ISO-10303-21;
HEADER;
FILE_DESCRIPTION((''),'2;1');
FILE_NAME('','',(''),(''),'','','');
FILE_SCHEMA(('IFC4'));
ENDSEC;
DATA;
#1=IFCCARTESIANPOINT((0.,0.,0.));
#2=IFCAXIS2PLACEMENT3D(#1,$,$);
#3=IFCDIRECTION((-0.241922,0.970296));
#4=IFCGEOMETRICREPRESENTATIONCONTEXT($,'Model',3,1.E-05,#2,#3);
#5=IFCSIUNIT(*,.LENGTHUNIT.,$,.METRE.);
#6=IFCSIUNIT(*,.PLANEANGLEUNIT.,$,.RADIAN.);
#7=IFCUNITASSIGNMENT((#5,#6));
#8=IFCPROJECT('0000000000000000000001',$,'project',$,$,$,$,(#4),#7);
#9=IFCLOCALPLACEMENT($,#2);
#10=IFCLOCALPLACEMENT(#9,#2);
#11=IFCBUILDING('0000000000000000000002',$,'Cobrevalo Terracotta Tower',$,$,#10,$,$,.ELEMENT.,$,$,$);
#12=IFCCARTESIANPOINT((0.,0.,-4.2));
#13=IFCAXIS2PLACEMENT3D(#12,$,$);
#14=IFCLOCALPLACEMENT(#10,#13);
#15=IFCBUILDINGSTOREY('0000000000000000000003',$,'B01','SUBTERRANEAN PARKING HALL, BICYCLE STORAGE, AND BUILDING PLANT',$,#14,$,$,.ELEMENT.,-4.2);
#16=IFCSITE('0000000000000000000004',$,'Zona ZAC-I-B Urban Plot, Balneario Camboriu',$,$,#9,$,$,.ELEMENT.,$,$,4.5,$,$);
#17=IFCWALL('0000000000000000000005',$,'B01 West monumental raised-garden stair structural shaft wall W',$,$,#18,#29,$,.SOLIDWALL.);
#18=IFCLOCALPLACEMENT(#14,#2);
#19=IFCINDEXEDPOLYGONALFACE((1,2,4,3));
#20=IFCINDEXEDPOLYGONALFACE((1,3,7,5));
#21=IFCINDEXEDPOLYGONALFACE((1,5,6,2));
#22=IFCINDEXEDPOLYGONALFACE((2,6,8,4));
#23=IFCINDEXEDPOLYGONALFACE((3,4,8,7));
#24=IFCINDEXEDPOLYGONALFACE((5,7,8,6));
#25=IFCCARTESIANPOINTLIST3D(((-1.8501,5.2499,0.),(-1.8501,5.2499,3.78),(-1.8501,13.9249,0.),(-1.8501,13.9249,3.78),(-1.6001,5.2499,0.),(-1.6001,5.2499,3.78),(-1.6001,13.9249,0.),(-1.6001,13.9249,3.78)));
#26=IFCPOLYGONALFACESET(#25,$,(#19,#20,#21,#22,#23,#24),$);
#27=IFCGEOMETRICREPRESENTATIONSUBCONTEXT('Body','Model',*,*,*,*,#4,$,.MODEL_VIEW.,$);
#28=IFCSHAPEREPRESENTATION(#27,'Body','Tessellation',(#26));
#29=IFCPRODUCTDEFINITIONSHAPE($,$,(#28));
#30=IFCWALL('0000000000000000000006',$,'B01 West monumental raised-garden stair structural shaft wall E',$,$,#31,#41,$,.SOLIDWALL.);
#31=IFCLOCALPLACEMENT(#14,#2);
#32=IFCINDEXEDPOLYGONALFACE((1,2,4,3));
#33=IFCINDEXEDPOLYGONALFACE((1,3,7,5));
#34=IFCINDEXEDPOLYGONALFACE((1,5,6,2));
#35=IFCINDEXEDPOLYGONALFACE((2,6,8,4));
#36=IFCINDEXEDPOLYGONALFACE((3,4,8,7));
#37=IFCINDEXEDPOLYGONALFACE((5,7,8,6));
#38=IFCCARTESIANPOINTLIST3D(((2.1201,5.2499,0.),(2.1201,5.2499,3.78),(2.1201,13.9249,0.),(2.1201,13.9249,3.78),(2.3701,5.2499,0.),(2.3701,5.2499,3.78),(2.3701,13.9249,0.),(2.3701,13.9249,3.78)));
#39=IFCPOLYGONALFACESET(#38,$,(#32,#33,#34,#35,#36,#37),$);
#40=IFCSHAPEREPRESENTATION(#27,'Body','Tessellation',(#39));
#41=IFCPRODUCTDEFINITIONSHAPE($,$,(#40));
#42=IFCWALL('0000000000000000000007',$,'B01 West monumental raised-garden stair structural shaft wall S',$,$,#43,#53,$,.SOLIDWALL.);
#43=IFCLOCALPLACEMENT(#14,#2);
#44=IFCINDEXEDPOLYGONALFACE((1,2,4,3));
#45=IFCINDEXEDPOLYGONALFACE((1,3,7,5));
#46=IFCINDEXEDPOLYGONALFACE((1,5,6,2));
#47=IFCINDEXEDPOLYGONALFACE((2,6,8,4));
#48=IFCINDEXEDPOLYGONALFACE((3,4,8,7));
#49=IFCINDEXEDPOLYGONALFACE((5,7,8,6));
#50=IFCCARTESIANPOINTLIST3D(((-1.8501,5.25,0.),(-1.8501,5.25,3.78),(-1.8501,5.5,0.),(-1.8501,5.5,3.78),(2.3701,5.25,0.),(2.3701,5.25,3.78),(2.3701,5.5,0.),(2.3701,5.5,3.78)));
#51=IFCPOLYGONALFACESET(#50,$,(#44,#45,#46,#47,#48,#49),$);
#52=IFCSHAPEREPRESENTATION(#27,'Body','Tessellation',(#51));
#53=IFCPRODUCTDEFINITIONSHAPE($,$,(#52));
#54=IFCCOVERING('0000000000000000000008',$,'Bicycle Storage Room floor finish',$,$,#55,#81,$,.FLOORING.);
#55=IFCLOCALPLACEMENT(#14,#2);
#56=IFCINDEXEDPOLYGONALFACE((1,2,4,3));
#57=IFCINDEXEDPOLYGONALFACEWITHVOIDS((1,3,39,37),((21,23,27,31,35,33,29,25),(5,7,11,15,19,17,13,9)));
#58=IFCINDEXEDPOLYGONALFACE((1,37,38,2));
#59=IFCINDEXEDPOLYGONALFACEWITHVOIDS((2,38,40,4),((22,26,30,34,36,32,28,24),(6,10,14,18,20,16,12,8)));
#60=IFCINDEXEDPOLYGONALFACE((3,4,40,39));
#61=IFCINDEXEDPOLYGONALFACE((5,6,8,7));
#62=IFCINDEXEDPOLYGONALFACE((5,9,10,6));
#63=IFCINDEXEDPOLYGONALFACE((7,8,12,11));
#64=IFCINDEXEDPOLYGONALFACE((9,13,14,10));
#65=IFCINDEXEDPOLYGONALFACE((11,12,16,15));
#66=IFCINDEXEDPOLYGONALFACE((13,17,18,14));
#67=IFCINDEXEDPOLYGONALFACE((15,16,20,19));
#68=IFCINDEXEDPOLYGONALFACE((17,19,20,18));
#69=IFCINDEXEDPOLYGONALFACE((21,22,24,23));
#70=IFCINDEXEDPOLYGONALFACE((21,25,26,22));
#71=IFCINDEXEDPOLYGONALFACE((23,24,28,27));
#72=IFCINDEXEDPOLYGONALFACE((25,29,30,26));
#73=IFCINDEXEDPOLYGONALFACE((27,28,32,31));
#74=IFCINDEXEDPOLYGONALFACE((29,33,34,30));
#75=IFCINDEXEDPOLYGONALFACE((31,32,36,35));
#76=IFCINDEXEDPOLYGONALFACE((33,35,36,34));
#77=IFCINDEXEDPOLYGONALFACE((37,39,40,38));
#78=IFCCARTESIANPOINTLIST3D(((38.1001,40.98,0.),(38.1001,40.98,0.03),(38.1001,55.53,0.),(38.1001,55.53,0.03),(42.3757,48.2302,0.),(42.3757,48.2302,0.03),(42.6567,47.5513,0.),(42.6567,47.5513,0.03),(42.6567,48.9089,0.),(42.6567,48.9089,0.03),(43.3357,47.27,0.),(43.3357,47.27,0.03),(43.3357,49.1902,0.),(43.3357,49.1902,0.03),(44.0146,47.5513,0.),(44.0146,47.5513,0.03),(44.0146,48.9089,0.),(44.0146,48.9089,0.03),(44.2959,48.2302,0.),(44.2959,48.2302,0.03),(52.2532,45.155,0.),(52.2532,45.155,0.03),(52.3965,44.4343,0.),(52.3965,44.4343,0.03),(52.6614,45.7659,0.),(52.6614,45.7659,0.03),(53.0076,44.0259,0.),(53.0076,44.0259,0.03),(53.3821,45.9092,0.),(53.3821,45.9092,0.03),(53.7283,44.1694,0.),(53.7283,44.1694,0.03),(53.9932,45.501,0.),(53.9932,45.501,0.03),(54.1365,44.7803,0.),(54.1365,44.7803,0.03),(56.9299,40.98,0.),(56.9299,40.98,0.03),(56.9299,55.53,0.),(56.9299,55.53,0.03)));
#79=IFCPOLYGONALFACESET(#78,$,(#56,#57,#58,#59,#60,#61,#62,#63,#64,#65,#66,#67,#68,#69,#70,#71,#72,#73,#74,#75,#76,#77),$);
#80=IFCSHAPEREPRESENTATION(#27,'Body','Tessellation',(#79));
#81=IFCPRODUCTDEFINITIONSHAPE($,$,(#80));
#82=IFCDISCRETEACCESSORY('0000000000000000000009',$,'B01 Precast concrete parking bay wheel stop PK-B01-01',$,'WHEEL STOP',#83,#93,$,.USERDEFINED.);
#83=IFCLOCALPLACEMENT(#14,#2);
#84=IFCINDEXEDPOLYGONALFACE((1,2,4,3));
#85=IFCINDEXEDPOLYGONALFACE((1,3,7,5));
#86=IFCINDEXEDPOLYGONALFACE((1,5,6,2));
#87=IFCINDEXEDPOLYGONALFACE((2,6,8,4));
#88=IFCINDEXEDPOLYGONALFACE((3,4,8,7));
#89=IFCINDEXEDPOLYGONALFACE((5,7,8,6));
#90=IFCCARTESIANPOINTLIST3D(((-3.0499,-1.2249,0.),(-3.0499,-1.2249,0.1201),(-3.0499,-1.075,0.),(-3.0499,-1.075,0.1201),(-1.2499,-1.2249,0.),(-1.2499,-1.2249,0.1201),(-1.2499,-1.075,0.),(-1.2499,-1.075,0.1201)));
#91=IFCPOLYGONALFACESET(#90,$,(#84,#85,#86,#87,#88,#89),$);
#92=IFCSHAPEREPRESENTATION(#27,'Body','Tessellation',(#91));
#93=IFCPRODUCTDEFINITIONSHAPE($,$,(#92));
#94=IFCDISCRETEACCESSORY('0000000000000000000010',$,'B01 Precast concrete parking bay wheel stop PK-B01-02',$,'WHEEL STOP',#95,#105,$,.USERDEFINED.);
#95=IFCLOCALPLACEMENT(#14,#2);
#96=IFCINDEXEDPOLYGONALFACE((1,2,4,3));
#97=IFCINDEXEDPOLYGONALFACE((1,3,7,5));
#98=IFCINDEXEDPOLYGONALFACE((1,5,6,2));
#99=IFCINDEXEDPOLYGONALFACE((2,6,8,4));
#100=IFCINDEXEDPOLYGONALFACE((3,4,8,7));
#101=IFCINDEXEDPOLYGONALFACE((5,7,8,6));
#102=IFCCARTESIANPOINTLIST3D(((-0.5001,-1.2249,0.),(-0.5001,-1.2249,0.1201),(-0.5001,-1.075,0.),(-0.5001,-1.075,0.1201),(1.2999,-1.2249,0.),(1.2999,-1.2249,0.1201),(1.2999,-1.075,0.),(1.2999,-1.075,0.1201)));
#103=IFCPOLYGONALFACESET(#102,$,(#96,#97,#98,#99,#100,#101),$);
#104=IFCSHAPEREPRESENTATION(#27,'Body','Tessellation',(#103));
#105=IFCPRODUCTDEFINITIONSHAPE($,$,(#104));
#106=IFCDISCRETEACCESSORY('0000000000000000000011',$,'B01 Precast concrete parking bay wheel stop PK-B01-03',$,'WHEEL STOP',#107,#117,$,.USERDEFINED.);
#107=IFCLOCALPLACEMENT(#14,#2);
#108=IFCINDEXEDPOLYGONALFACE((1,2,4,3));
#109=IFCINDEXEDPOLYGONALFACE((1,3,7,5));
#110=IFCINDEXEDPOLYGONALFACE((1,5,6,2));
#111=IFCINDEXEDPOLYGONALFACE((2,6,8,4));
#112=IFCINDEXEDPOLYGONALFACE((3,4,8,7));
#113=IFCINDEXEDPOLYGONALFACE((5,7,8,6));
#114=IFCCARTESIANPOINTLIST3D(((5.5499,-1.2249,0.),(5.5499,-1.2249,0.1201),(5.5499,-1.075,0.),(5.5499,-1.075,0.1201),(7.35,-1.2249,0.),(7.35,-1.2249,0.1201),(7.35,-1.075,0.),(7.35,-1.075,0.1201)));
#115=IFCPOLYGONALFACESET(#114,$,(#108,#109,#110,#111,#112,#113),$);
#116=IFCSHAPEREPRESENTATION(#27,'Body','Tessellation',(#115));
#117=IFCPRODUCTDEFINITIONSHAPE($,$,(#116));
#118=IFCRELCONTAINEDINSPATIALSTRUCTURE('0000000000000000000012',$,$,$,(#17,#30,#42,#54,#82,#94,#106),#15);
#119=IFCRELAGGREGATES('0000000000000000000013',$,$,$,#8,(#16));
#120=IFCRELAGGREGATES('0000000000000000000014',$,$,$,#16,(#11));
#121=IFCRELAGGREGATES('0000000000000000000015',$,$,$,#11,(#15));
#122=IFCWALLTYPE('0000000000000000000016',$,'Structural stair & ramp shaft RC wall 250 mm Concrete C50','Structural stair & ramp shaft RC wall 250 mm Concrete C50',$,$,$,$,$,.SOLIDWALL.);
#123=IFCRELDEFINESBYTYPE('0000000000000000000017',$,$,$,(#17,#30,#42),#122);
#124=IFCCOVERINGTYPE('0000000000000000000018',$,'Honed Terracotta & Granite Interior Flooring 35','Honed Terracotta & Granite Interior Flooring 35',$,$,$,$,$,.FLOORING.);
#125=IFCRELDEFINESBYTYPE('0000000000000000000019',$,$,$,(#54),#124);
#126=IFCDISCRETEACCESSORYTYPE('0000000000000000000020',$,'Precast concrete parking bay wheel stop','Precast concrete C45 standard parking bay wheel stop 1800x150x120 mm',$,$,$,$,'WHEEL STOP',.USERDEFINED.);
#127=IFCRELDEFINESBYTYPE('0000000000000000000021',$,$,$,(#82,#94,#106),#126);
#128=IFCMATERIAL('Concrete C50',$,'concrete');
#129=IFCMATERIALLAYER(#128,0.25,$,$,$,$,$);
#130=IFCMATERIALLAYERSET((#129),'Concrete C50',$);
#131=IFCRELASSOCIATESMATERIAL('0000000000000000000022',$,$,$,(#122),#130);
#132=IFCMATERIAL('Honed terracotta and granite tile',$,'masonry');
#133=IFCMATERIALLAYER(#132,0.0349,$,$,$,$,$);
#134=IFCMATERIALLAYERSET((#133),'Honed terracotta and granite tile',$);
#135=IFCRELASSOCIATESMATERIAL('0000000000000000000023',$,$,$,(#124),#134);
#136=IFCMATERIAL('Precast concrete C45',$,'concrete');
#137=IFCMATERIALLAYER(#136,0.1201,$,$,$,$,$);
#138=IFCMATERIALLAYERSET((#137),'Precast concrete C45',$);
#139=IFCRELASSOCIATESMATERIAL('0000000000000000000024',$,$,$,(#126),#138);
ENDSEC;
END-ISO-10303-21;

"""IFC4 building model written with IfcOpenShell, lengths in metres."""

from ifc_helpers import new_model, si_unit, direction, frame, frame_2d, origin, origin_2d, place, context, subcontext, project, spatial, polyline, rectangle, outline, extrude, source, transform, mapped, material, layer, layer_set, type_object, element, save


model = new_model("IFC4")

# Units and contexts
model_context = context("Model", 3, precision=1e-05, world=origin(), true_north=direction((-0.241922, 0.970296)))
body_context = subcontext(model_context, "Body", "Model", "MODEL_VIEW")
ifc_project = project(units=[si_unit("LENGTHUNIT", "METRE"), si_unit("PLANEANGLEUNIT", "RADIAN")], contexts=[model_context])

# Site, building, storey
site_placement = place(None, origin())
site = spatial("IfcSite", under=ifc_project, at=site_placement, Name="Zona ZAC-I-B Urban Plot, Balneario Camboriu", CompositionType="ELEMENT", RefElevation=4.5)
building_placement = place(site_placement, origin())
building = spatial("IfcBuilding", under=site, at=building_placement, Name="Cobrevalo Terracotta Tower", CompositionType="ELEMENT")
storey_placement = place(building_placement, frame((0.0, 0.0, -4.2)))
storey = spatial("IfcBuildingStorey", under=building, at=storey_placement, Name="B01", Description="SUBTERRANEAN PARKING HALL, BICYCLE STORAGE, AND BUILDING PLANT", CompositionType="ELEMENT", Elevation=-4.2)

# Shared definitions
ifc_material_1 = material(Name="Concrete C50", Category="concrete")

# Walls
ifc_layer_1 = layer(ifc_material_1, 0.25)
ifc_layer_set_1 = layer_set([ifc_layer_1], Name="Concrete C50")
wall_type_1 = type_object("IfcWallType", Name="Structural stair & ramp shaft RC wall 250 mm Concrete C50", Description="Structural stair & ramp shaft RC wall 250 mm Concrete C50", PredefinedType="SOLIDWALL", material=ifc_layer_set_1)
for number, where, z_axis, x_axis, name in (
    (1, (-1.7251, 5.25, 0.0), (0.0, 0.0, 1.0), (0.0, 1.0, 0.0), "B01 West monumental raised-garden stair structural shaft wall W"),
    (2, (2.2451, 5.25, 0.0), (0.0, 0.0, 1.0), (0.0, 1.0, 0.0), "B01 West monumental raised-garden stair structural shaft wall E"),
):
    element("IfcWall", number, at=place(storey_placement, frame(where, z_axis=z_axis, x_axis=x_axis)), inside=storey, type_object=wall_type_1, Name=name, PredefinedType="SOLIDWALL", context=body_context, shape_type="SweptSolid", body=[
        extrude(rectangle(XDim=8.675, YDim=0.25, at=frame_2d((4.3374, 0.0))), origin(), (0.0, 0.0, 1.0), 3.78),
    ])
wall_1_placement = place(storey_placement, frame((-1.8501, 5.375, 0.0), z_axis=(0.0, 0.0, 1.0), x_axis=(1.0, 0.0, 0.0)))
element("IfcWall", 3, at=wall_1_placement, inside=storey, type_object=wall_type_1, Name="B01 West monumental raised-garden stair structural shaft wall S", PredefinedType="SOLIDWALL", context=body_context, shape_type="SweptSolid", body=[
    extrude(rectangle(XDim=4.2202, YDim=0.25, at=frame_2d((2.1101, 0.0))), origin(), (0.0, 0.0, 1.0), 3.78),
])

# Covering
ifc_material_2 = material(Name="Honed terracotta and granite tile", Category="masonry")
ifc_layer_2 = layer(ifc_material_2, 0.0349)
ifc_layer_set_2 = layer_set([ifc_layer_2], Name="Honed terracotta and granite tile")
covering_type = type_object("IfcCoveringType", Name="Honed Terracotta & Granite Interior Flooring 35", Description="Honed Terracotta & Granite Interior Flooring 35", PredefinedType="FLOORING", material=ifc_layer_set_2)
covering_placement = place(storey_placement, origin())
element("IfcCovering", 4, at=covering_placement, inside=storey, type_object=covering_type, Name="Bicycle Storage Room floor finish", PredefinedType="FLOORING", context=body_context, shape_type="SweptSolid", body=[
    extrude(outline(polyline([(56.9299, 55.53), (56.9299, 40.98), (38.1001, 40.98), (38.1001, 55.53), (56.9299, 55.53)]), holes=[polyline([(53.7283, 44.1694), (54.1365, 44.7803), (53.9932, 45.501), (53.3821, 45.9092), (52.6614, 45.7659), (52.2532, 45.155), (52.3965, 44.4343), (53.0076, 44.0259), (53.7283, 44.1694)]), polyline([(44.0146, 47.5513), (44.2959, 48.2302), (44.0146, 48.9089), (43.3357, 49.1902), (42.6567, 48.9089), (42.3757, 48.2302), (42.6567, 47.5513), (43.3357, 47.27), (44.0146, 47.5513)])]), origin(), (0.0, 0.0, 1.0), 0.03),
])

# Discrete accessories
ifc_material_3 = material(Name="Precast concrete C45", Category="concrete")
ifc_layer_3 = layer(ifc_material_3, 0.1201)
ifc_layer_set_3 = layer_set([ifc_layer_3], Name="Precast concrete C45")
discrete_accessory_type = type_object("IfcDiscreteAccessoryType", Name="Precast concrete parking bay wheel stop", Description="Precast concrete C45 standard parking bay wheel stop 1800x150x120 mm", ElementType="WHEEL STOP", PredefinedType="USERDEFINED", material=ifc_layer_set_3)
shared_shape = source(origin(), body_context, "Body", "SweptSolid", [
    extrude(rectangle(XDim=1.8, YDim=0.1499, at=origin_2d()), origin(), (0.0, 0.0, 1.0), 0.1201),
])
for number, where, z_axis, x_axis, name in (
    (5, (-2.1499, -1.1499, 0.0), (0.0, 0.0, 1.0), (1.0, 0.0, 0.0), "B01 Precast concrete parking bay wheel stop PK-B01-01"),
    (6, (0.3999, -1.1499, 0.0), (0.0, 0.0, 1.0), (1.0, 0.0, 0.0), "B01 Precast concrete parking bay wheel stop PK-B01-02"),
    (7, (6.45, -1.1499, 0.0), (0.0, 0.0, 1.0), (1.0, 0.0, 0.0), "B01 Precast concrete parking bay wheel stop PK-B01-03"),
):
    element("IfcDiscreteAccessory", number, at=place(storey_placement, frame(where, z_axis=z_axis, x_axis=x_axis)), inside=storey, type_object=discrete_accessory_type, Name=name, ObjectType="WHEEL STOP", PredefinedType="USERDEFINED", context=body_context, shape_type="MappedRepresentation", body=[
        mapped(shared_shape, transform((0.0, 0.0, 0.0), scale=1.0)),
    ])

save(model, "model.ifc")
